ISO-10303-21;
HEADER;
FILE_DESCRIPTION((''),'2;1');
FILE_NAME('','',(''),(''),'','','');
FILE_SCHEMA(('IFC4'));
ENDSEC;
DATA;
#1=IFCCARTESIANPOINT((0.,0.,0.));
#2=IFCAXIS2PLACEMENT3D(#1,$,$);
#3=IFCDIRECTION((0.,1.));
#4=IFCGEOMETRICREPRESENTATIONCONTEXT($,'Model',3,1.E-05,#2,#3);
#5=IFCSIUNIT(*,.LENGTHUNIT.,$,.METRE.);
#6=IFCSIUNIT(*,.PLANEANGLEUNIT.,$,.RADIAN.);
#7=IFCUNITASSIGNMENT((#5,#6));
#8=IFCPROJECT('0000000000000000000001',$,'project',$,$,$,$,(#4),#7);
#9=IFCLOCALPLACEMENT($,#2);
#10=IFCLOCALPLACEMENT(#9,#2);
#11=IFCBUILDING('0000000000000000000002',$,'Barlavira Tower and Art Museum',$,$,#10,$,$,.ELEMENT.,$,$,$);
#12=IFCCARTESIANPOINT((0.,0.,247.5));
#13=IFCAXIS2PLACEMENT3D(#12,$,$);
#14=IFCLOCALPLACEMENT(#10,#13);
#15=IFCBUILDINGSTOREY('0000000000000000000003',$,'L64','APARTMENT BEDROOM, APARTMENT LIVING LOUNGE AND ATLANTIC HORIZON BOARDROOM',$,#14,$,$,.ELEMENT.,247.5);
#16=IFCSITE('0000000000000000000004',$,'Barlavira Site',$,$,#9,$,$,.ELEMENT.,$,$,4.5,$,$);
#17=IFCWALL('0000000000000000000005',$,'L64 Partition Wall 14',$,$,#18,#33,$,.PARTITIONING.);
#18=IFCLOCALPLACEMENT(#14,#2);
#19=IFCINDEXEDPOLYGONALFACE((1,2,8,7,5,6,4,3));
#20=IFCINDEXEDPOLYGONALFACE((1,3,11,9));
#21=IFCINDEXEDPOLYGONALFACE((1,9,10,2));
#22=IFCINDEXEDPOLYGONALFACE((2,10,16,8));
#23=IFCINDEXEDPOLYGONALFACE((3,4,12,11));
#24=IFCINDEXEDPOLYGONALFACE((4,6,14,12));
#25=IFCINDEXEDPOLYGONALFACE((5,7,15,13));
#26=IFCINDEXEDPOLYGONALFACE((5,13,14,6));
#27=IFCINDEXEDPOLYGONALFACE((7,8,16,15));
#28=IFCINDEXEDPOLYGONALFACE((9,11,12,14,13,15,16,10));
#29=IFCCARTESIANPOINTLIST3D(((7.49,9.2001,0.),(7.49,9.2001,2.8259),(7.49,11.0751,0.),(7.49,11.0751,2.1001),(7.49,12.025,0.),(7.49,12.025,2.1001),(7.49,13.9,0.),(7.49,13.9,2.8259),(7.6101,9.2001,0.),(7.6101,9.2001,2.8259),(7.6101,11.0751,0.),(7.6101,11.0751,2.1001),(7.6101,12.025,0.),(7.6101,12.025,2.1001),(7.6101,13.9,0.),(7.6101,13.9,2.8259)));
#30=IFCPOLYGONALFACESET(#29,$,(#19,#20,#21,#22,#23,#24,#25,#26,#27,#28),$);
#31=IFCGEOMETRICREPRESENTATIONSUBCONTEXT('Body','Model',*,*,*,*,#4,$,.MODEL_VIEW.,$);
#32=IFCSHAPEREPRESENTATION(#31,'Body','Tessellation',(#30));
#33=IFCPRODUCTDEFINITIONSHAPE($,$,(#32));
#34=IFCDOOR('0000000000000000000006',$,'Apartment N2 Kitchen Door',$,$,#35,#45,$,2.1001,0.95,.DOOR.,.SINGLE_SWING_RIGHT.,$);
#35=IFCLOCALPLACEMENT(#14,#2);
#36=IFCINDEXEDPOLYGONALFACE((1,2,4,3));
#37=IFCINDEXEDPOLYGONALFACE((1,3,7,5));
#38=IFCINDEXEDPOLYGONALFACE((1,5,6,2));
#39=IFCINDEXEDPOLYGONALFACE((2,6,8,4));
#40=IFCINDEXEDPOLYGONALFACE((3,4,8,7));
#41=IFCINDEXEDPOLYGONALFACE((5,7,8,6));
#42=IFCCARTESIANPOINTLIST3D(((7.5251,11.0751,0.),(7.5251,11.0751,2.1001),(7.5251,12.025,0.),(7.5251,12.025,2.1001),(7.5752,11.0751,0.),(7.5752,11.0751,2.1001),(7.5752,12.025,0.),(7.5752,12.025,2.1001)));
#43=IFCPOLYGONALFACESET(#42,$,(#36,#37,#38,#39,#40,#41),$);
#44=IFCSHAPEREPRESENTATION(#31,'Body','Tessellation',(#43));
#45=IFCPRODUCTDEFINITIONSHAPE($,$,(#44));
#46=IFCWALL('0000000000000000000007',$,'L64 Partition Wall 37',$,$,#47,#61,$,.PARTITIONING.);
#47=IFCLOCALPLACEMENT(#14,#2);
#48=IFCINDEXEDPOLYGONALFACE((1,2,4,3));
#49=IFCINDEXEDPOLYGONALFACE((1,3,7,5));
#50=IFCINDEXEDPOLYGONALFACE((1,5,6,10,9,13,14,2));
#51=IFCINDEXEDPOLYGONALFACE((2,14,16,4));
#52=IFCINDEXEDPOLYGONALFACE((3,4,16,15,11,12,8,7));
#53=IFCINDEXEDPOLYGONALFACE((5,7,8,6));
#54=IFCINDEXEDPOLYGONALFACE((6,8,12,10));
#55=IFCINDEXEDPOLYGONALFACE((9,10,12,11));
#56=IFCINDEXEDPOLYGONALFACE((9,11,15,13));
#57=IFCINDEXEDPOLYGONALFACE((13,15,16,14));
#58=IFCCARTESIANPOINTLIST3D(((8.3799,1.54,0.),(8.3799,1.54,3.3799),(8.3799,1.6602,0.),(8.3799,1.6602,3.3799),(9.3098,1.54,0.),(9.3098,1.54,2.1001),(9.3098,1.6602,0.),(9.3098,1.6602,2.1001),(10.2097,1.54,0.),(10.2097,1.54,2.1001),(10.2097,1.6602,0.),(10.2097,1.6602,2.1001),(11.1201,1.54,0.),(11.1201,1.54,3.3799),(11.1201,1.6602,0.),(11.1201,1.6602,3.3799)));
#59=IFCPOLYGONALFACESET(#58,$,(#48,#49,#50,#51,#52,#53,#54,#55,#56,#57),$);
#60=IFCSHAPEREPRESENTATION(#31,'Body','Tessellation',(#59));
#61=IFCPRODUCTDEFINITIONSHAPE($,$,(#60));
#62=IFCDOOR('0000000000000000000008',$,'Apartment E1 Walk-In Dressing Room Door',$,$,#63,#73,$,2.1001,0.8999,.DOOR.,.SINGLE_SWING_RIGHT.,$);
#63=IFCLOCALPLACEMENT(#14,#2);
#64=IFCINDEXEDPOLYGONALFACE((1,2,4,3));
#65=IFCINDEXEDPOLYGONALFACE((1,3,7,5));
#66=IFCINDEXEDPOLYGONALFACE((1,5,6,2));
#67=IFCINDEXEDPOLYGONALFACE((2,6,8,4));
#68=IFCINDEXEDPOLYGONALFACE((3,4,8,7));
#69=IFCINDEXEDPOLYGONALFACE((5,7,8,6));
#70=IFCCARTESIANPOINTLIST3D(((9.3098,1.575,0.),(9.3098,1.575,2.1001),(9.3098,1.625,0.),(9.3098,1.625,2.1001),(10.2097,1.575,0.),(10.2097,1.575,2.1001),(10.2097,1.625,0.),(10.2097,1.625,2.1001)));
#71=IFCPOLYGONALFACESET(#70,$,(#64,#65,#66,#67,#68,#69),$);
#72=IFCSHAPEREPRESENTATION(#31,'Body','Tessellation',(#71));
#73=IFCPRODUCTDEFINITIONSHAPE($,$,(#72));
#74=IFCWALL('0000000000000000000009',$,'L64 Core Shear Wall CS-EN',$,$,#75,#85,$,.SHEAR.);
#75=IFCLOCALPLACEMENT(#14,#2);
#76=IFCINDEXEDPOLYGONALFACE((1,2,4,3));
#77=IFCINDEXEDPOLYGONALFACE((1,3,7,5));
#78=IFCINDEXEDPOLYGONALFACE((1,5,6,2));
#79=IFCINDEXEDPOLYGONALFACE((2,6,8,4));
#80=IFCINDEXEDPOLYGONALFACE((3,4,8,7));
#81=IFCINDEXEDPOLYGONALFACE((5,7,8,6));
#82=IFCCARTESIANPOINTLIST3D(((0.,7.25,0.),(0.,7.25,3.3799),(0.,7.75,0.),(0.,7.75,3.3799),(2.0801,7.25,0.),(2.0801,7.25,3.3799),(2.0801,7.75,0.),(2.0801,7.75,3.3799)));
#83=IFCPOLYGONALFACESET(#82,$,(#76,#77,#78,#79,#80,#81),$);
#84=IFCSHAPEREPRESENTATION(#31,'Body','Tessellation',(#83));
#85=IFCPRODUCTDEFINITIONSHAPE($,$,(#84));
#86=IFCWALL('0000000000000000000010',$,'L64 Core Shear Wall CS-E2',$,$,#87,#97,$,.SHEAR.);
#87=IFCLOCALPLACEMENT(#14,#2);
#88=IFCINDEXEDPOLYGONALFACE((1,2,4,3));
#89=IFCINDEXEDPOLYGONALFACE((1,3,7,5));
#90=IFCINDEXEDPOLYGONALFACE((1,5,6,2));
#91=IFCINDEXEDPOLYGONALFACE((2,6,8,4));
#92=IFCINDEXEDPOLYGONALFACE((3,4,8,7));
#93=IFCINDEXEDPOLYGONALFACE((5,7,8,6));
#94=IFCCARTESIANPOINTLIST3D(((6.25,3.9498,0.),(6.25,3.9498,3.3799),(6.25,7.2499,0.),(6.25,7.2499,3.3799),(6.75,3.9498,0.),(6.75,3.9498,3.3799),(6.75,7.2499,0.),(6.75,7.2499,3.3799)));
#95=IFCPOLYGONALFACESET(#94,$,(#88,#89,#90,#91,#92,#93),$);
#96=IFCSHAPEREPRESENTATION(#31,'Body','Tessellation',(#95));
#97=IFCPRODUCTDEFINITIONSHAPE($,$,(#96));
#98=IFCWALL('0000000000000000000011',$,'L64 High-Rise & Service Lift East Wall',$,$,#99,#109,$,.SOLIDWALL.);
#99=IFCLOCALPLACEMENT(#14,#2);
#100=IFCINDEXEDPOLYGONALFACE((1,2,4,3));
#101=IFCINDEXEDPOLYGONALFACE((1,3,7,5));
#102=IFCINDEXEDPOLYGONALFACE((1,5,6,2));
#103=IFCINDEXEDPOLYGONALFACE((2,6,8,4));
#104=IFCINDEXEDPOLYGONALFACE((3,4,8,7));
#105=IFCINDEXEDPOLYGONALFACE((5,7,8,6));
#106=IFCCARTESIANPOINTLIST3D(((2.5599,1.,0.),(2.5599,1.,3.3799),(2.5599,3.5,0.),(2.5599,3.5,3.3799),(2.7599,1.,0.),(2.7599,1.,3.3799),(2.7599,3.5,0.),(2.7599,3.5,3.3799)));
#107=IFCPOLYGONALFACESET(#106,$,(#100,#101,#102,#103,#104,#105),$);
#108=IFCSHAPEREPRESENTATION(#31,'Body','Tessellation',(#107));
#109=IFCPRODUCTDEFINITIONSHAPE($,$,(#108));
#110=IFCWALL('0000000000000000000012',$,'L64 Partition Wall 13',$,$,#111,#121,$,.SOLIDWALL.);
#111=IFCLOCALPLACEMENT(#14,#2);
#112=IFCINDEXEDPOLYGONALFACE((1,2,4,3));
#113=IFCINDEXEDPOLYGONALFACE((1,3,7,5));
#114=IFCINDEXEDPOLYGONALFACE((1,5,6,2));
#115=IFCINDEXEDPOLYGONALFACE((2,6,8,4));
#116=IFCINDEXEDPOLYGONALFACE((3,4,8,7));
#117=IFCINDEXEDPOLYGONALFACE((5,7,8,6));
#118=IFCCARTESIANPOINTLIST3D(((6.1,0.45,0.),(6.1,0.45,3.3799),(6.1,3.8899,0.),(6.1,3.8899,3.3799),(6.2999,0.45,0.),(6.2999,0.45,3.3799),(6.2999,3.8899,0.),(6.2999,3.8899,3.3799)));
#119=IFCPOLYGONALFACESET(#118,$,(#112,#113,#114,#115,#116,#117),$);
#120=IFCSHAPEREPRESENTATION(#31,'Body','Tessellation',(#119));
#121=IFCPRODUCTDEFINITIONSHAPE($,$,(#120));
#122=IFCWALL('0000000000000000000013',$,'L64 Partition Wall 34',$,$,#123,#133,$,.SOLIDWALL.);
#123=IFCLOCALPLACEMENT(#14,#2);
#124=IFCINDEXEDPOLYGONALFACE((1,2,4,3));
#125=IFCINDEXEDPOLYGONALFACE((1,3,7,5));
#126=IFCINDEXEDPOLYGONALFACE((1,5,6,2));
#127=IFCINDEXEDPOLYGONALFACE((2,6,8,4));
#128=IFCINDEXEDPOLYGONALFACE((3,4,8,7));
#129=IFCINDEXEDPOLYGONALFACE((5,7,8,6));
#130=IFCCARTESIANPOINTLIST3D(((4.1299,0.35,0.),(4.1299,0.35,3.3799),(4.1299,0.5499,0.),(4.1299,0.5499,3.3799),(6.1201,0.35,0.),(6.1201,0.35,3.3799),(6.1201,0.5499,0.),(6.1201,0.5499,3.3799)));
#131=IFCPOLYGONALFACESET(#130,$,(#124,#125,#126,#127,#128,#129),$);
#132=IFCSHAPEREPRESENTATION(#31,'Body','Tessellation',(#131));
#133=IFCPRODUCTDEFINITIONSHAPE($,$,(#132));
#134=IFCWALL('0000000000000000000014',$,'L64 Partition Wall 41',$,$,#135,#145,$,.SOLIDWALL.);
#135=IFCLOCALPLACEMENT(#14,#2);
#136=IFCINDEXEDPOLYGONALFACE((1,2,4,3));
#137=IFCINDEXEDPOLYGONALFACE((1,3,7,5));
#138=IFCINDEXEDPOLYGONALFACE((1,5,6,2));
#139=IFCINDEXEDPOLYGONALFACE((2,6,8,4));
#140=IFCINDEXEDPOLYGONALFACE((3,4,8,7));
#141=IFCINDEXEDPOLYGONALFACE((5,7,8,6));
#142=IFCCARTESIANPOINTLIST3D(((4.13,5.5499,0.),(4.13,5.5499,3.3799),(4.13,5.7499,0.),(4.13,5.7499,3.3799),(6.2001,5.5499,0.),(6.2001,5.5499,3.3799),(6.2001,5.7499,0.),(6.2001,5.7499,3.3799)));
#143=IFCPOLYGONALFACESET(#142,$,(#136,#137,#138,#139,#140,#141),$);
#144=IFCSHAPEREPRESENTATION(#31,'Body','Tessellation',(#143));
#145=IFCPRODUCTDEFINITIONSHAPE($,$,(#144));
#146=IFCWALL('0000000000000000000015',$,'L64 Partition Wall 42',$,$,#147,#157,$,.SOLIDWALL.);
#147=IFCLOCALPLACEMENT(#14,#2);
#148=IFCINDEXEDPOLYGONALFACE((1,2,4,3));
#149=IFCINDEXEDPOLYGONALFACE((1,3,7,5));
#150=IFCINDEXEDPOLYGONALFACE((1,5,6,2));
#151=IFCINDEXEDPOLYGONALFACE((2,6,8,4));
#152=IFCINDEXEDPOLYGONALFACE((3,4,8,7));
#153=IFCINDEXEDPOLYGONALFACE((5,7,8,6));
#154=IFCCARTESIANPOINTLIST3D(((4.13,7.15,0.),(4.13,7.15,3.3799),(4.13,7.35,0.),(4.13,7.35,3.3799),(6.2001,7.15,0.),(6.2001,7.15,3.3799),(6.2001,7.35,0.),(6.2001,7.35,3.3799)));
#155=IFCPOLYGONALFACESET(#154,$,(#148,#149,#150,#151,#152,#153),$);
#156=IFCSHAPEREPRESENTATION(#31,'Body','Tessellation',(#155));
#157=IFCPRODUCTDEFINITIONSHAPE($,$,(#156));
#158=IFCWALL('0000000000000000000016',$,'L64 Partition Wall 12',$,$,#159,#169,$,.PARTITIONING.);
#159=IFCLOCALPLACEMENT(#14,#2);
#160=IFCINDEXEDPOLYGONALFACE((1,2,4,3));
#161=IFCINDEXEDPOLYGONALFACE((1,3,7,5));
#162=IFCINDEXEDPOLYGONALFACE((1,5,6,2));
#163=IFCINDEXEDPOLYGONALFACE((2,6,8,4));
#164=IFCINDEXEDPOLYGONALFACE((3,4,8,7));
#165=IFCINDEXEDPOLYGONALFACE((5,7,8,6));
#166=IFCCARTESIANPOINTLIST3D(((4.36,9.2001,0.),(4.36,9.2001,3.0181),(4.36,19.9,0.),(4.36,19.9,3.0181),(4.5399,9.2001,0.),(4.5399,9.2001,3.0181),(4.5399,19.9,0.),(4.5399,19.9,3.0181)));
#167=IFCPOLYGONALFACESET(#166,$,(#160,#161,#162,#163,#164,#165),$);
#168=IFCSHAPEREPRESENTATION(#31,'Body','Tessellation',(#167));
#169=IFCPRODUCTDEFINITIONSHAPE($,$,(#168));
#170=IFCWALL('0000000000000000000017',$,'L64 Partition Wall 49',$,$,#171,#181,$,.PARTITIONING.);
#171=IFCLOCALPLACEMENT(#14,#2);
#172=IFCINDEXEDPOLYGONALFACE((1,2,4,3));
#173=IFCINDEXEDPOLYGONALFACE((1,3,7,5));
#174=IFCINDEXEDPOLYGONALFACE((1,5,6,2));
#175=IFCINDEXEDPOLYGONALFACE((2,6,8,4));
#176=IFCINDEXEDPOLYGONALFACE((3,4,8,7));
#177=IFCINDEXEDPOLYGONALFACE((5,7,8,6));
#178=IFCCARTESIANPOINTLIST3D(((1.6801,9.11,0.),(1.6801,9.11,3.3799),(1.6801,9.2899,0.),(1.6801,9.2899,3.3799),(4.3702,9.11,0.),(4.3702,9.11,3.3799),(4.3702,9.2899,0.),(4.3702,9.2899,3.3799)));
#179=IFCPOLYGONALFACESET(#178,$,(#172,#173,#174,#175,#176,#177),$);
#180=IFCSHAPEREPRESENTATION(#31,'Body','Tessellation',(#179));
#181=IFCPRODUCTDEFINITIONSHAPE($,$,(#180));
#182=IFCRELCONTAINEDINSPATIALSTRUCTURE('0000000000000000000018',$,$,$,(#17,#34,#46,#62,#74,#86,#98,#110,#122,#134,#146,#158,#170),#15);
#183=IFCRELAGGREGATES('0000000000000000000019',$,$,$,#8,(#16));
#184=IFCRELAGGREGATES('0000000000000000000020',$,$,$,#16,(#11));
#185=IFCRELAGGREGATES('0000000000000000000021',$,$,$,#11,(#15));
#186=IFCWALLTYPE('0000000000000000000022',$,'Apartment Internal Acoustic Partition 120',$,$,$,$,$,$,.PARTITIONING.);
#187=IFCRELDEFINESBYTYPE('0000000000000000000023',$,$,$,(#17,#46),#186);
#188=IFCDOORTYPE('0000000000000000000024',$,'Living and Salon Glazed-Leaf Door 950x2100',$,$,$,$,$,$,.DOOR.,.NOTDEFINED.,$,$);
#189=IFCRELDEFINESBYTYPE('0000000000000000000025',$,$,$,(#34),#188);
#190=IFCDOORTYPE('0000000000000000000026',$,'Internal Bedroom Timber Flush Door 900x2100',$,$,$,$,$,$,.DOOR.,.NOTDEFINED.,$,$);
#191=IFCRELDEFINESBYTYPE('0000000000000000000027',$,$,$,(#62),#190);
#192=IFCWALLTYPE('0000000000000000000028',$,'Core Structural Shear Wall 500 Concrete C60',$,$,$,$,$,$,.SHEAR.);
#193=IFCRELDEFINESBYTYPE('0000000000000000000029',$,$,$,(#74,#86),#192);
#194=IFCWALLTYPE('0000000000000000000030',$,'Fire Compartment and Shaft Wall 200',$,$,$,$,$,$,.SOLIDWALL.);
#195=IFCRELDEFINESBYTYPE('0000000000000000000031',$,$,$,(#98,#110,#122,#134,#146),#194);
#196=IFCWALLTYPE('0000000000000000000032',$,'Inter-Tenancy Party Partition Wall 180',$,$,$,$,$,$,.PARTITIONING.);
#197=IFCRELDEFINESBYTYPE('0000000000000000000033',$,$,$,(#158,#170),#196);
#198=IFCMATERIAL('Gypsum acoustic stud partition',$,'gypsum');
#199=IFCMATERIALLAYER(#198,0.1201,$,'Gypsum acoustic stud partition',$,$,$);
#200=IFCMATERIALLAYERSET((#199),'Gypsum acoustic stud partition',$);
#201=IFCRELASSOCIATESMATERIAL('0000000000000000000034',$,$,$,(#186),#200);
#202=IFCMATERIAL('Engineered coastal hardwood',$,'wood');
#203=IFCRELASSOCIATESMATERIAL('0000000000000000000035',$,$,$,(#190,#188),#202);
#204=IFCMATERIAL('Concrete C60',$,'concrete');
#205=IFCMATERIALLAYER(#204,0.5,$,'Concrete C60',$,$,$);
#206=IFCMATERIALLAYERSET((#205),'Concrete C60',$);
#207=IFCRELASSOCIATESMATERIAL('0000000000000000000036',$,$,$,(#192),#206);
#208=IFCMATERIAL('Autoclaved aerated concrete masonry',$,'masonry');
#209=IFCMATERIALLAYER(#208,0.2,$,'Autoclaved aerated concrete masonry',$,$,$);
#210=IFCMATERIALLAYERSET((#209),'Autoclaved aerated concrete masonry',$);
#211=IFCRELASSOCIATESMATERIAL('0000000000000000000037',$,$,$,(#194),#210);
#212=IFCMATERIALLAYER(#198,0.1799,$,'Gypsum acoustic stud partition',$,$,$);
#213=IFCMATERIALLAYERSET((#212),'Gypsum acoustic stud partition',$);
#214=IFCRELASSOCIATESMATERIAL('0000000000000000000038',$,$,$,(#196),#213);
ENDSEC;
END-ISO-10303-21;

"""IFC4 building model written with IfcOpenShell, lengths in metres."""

from ifc_helpers import new_model, si_unit, direction, frame, frame_2d, origin, place, context, subcontext, project, spatial, rectangle, extrude, material, layer, layer_set, type_object, element, fill, save


model = new_model("IFC4")

# Units and contexts
model_context = context("Model", 3, precision=1e-05, world=origin(), true_north=direction((0.0, 1.0)))
body_context = subcontext(model_context, "Body", "Model", "MODEL_VIEW")
ifc_project = project(units=[si_unit("LENGTHUNIT", "METRE"), si_unit("PLANEANGLEUNIT", "RADIAN")], contexts=[model_context])

# Site, building, storey
site_placement = place(None, origin())
site = spatial("IfcSite", under=ifc_project, at=site_placement, Name="Barlavira Site", CompositionType="ELEMENT", RefElevation=4.5)
building_placement = place(site_placement, origin())
building = spatial("IfcBuilding", under=site, at=building_placement, Name="Barlavira Tower and Art Museum", CompositionType="ELEMENT")
storey_placement = place(building_placement, frame((0.0, 0.0, 247.5)))
storey = spatial("IfcBuildingStorey", under=building, at=storey_placement, Name="L64", Description="APARTMENT BEDROOM, APARTMENT LIVING LOUNGE AND ATLANTIC HORIZON BOARDROOM", CompositionType="ELEMENT", Elevation=247.5)

# Shared definitions
ifc_material_1 = material(Name="Gypsum acoustic stud partition", Category="gypsum")
ifc_layer_1 = layer(ifc_material_1, 0.1201, Name="Gypsum acoustic stud partition")
ifc_layer_set_1 = layer_set([ifc_layer_1], Name="Gypsum acoustic stud partition")
wall_type_1 = type_object("IfcWallType", Name="Apartment Internal Acoustic Partition 120", PredefinedType="PARTITIONING", material=ifc_layer_set_1)
ifc_material_2 = material(Name="Engineered coastal hardwood", Category="wood")
door_type_1 = type_object("IfcDoorType", Name="Internal Bedroom Timber Flush Door 900x2100", OperationType="NOTDEFINED", PredefinedType="DOOR", material=ifc_material_2)
door_type_2 = type_object("IfcDoorType", Name="Living and Salon Glazed-Leaf Door 950x2100", OperationType="NOTDEFINED", PredefinedType="DOOR", material=ifc_material_2)

# Walls, openings, doors
wall_1_placement = place(storey_placement, frame((7.55, 9.2, 0.0), z_axis=(0.0, 0.0, 1.0), x_axis=(0.0, 1.0, 0.0)))
wall_1 = element("IfcWall", 1, at=wall_1_placement, inside=storey, type_object=wall_type_1, Name="L64 Partition Wall 14", PredefinedType="PARTITIONING", context=body_context, shape_type="SweptSolid", body=[
    extrude(rectangle(XDim=4.7, YDim=0.1201, at=frame_2d((2.3501, 0.0))), origin(), (0.0, 0.0, 1.0), 2.8259),
])
opening_1_placement = place(wall_1_placement, frame((1.875, 0.0, 0.0)))
opening_1 = element("IfcOpeningElement", 2, at=opening_1_placement, cuts=wall_1, PredefinedType="OPENING", context=body_context, shape_type="SweptSolid", body=[
    extrude(rectangle(XDim=0.95, YDim=2.1001, at=frame_2d((0.4751, 1.05))), frame((0.0, 0.0701, 0.0), z_axis=(0.0, -1.0, 0.0), x_axis=(1.0, 0.0, 0.0)), (0.0, 0.0, 1.0), 0.1401),
])
door_1_placement = place(opening_1_placement, origin())
door_1 = element("IfcDoor", 3, at=door_1_placement, inside=storey, type_object=door_type_2, Name="Apartment N2 Kitchen Door", OperationType="SINGLE_SWING_RIGHT", OverallHeight=2.1001, OverallWidth=0.95, PredefinedType="DOOR", context=body_context, shape_type="SweptSolid", body=[
    extrude(rectangle(XDim=0.95, YDim=2.1001, at=frame_2d((0.4751, 1.05))), frame((0.0, 0.0249, 0.0), z_axis=(0.0, -1.0, 0.0), x_axis=(1.0, 0.0, 0.0)), (0.0, 0.0, 1.0), 0.05),
])
fill(opening_1, door_1)
wall_2_placement = place(storey_placement, frame((8.3799, 1.6001, 0.0), z_axis=(0.0, 0.0, 1.0), x_axis=(1.0, 0.0, 0.0)))
wall_2 = element("IfcWall", 4, at=wall_2_placement, inside=storey, type_object=wall_type_1, Name="L64 Partition Wall 37", PredefinedType="PARTITIONING", context=body_context, shape_type="SweptSolid", body=[
    extrude(rectangle(XDim=2.7402, YDim=0.1201, at=frame_2d((1.3701, 0.0))), origin(), (0.0, 0.0, 1.0), 3.3799),
])
opening_2_placement = place(wall_2_placement, frame((0.9299, 0.0, 0.0)))
opening_2 = element("IfcOpeningElement", 5, at=opening_2_placement, cuts=wall_2, PredefinedType="OPENING", context=body_context, shape_type="SweptSolid", body=[
    extrude(rectangle(XDim=0.8999, YDim=2.1001, at=frame_2d((0.45, 1.05))), frame((0.0, 0.0701, 0.0), z_axis=(0.0, -1.0, 0.0), x_axis=(1.0, 0.0, 0.0)), (0.0, 0.0, 1.0), 0.1401),
])
door_2_placement = place(opening_2_placement, origin())
door_2 = element("IfcDoor", 6, at=door_2_placement, inside=storey, type_object=door_type_1, Name="Apartment E1 Walk-In Dressing Room Door", OperationType="SINGLE_SWING_RIGHT", OverallHeight=2.1001, OverallWidth=0.8999, PredefinedType="DOOR", context=body_context, shape_type="SweptSolid", body=[
    extrude(rectangle(XDim=0.8999, YDim=2.1001, at=frame_2d((0.45, 1.05))), frame((0.0, 0.0249, 0.0), z_axis=(0.0, -1.0, 0.0), x_axis=(1.0, 0.0, 0.0)), (0.0, 0.0, 1.0), 0.05),
])
fill(opening_2, door_2)

# Walls
ifc_material_3 = material(Name="Concrete C60", Category="concrete")
ifc_layer_2 = layer(ifc_material_3, 0.5, Name="Concrete C60")
ifc_layer_set_2 = layer_set([ifc_layer_2], Name="Concrete C60")
wall_type_2 = type_object("IfcWallType", Name="Core Structural Shear Wall 500 Concrete C60", PredefinedType="SHEAR", material=ifc_layer_set_2)
wall_3_placement = place(storey_placement, frame((0.0, 7.5, 0.0), z_axis=(0.0, 0.0, 1.0), x_axis=(1.0, 0.0, 0.0)))
element("IfcWall", 7, at=wall_3_placement, inside=storey, type_object=wall_type_2, Name="L64 Core Shear Wall CS-EN", PredefinedType="SHEAR", context=body_context, shape_type="SweptSolid", body=[
    extrude(rectangle(XDim=2.0801, YDim=0.5, at=frame_2d((1.04, 0.0))), origin(), (0.0, 0.0, 1.0), 3.3799),
])
wall_4_placement = place(storey_placement, frame((6.5, 3.95, 0.0), z_axis=(0.0, 0.0, 1.0), x_axis=(0.0, 1.0, 0.0)))
element("IfcWall", 8, at=wall_4_placement, inside=storey, type_object=wall_type_2, Name="L64 Core Shear Wall CS-E2", PredefinedType="SHEAR", context=body_context, shape_type="SweptSolid", body=[
    extrude(rectangle(XDim=3.3, YDim=0.5, at=frame_2d((1.6499, 0.0))), origin(), (0.0, 0.0, 1.0), 3.3799),
])
ifc_material_4 = material(Name="Autoclaved aerated concrete masonry", Category="masonry")
ifc_layer_3 = layer(ifc_material_4, 0.2, Name="Autoclaved aerated concrete masonry")
ifc_layer_set_3 = layer_set([ifc_layer_3], Name="Autoclaved aerated concrete masonry")
wall_type_3 = type_object("IfcWallType", Name="Fire Compartment and Shaft Wall 200", PredefinedType="SOLIDWALL", material=ifc_layer_set_3)
wall_5_placement = place(storey_placement, frame((2.6599, 1.0, 0.0), z_axis=(0.0, 0.0, 1.0), x_axis=(0.0, 1.0, 0.0)))
element("IfcWall", 9, at=wall_5_placement, inside=storey, type_object=wall_type_3, Name="L64 High-Rise & Service Lift East Wall", PredefinedType="SOLIDWALL", context=body_context, shape_type="SweptSolid", body=[
    extrude(rectangle(XDim=2.5, YDim=0.2, at=frame_2d((1.25, 0.0))), origin(), (0.0, 0.0, 1.0), 3.3799),
])

# Walls
wall_6_placement = place(storey_placement, frame((6.2, 0.45, 0.0), z_axis=(0.0, 0.0, 1.0), x_axis=(0.0, 1.0, 0.0)))
element("IfcWall", 10, at=wall_6_placement, inside=storey, type_object=wall_type_3, Name="L64 Partition Wall 13", PredefinedType="SOLIDWALL", context=body_context, shape_type="SweptSolid", body=[
    extrude(rectangle(XDim=3.4399, YDim=0.2, at=frame_2d((1.72, 0.0))), origin(), (0.0, 0.0, 1.0), 3.3799),
])
wall_7_placement = place(storey_placement, frame((4.1299, 0.45, 0.0), z_axis=(0.0, 0.0, 1.0), x_axis=(1.0, 0.0, 0.0)))
element("IfcWall", 11, at=wall_7_placement, inside=storey, type_object=wall_type_3, Name="L64 Partition Wall 34", PredefinedType="SOLIDWALL", context=body_context, shape_type="SweptSolid", body=[
    extrude(rectangle(XDim=1.9902, YDim=0.2, at=frame_2d((0.9951, 0.0))), origin(), (0.0, 0.0, 1.0), 3.3799),
])
for number, where, z_axis, x_axis, name in (
    (12, (4.1299, 5.6499, 0.0), (0.0, 0.0, 1.0), (1.0, 0.0, 0.0), "L64 Partition Wall 41"),
    (13, (4.1299, 7.25, 0.0), (0.0, 0.0, 1.0), (1.0, 0.0, 0.0), "L64 Partition Wall 42"),
):
    element("IfcWall", number, at=place(storey_placement, frame(where, z_axis=z_axis, x_axis=x_axis)), inside=storey, type_object=wall_type_3, Name=name, PredefinedType="SOLIDWALL", context=body_context, shape_type="SweptSolid", body=[
        extrude(rectangle(XDim=2.0701, YDim=0.2, at=frame_2d((1.0352, 0.0))), origin(), (0.0, 0.0, 1.0), 3.3799),
    ])
ifc_layer_4 = layer(ifc_material_1, 0.1799, Name="Gypsum acoustic stud partition")
ifc_layer_set_4 = layer_set([ifc_layer_4], Name="Gypsum acoustic stud partition")
wall_type_4 = type_object("IfcWallType", Name="Inter-Tenancy Party Partition Wall 180", PredefinedType="PARTITIONING", material=ifc_layer_set_4)
wall_8_placement = place(storey_placement, frame((4.45, 9.2, 0.0), z_axis=(0.0, 0.0, 1.0), x_axis=(0.0, 1.0, 0.0)))
element("IfcWall", 14, at=wall_8_placement, inside=storey, type_object=wall_type_4, Name="L64 Partition Wall 12", PredefinedType="PARTITIONING", context=body_context, shape_type="SweptSolid", body=[
    extrude(rectangle(XDim=10.7, YDim=0.1799, at=frame_2d((5.3501, 0.0))), origin(), (0.0, 0.0, 1.0), 3.0181),
])
wall_9_placement = place(storey_placement, frame((1.6799, 9.2, 0.0), z_axis=(0.0, 0.0, 1.0), x_axis=(1.0, 0.0, 0.0)))
element("IfcWall", 15, at=wall_9_placement, inside=storey, type_object=wall_type_4, Name="L64 Partition Wall 49", PredefinedType="PARTITIONING", context=body_context, shape_type="SweptSolid", body=[
    extrude(rectangle(XDim=2.6902, YDim=0.1799, at=frame_2d((1.3452, 0.0))), origin(), (0.0, 0.0, 1.0), 3.3799),
])

save(model, "model.ifc")
